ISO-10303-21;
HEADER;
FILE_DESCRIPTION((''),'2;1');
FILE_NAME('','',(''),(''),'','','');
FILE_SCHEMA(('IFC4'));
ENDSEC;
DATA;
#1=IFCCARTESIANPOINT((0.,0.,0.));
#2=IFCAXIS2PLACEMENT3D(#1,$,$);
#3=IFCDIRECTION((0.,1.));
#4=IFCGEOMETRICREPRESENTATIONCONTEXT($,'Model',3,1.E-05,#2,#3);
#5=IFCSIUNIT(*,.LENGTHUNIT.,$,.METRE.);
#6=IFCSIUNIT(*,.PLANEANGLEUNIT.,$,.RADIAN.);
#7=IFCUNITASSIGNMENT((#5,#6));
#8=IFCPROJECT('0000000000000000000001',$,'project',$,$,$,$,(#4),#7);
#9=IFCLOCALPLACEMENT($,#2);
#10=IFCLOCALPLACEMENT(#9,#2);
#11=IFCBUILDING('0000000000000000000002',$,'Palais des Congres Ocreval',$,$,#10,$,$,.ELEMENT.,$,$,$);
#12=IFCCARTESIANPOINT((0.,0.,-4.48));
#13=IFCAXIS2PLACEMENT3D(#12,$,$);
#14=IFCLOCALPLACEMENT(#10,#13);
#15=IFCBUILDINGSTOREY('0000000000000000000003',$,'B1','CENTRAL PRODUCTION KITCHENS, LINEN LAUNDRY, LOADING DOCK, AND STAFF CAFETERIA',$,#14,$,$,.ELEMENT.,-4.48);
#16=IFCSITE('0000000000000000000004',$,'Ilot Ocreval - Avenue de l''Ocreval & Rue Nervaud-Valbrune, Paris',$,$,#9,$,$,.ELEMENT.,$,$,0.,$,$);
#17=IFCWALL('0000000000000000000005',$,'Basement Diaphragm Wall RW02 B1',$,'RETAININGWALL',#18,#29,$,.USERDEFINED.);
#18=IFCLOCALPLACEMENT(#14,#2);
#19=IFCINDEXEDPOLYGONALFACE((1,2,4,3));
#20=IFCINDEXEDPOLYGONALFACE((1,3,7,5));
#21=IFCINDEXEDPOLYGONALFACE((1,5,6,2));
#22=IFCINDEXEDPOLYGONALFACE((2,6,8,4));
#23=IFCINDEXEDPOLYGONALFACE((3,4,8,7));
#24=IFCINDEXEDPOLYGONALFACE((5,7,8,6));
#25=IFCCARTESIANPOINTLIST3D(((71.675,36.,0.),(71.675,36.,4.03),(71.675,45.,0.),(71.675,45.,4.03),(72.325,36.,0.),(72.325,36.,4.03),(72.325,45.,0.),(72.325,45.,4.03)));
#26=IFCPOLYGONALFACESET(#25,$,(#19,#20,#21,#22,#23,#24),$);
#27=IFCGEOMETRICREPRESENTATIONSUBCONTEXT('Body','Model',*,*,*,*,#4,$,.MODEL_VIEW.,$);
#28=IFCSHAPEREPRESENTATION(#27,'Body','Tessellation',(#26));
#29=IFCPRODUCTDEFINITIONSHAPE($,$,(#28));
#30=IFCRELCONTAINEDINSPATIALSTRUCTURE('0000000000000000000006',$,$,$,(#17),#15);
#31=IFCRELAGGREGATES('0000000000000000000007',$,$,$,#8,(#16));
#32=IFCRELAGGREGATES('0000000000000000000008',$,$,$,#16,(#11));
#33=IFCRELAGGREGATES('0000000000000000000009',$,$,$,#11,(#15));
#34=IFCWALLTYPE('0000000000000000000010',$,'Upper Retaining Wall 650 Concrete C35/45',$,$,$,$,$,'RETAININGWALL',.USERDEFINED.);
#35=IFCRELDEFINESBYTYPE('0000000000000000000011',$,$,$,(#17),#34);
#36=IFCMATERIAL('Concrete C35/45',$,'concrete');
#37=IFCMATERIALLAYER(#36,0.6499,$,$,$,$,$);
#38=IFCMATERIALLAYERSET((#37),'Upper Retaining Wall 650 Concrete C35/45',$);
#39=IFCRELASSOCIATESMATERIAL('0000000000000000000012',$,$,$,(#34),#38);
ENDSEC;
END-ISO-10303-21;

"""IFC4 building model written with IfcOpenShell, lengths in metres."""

from ifc_helpers import new_model, si_unit, direction, frame, frame_2d, origin, place, context, subcontext, project, spatial, rectangle, extrude, material, layer, layer_set, type_object, element, save


model = new_model("IFC4")

# Units and contexts
model_context = context("Model", 3, precision=1e-05, world=origin(), true_north=direction((0.0, 1.0)))
body_context = subcontext(model_context, "Body", "Model", "MODEL_VIEW")
ifc_project = project(units=[si_unit("LENGTHUNIT", "METRE"), si_unit("PLANEANGLEUNIT", "RADIAN")], contexts=[model_context])

# Site, building, storey
site_placement = place(None, origin())
site = spatial("IfcSite", under=ifc_project, at=site_placement, Name="Ilot Ocreval - Avenue de l'Ocreval & Rue Nervaud-Valbrune, Paris", CompositionType="ELEMENT", RefElevation=0.0)
building_placement = place(site_placement, origin())
building = spatial("IfcBuilding", under=site, at=building_placement, Name="Palais des Congres Ocreval", CompositionType="ELEMENT")
storey_placement = place(building_placement, frame((0.0, 0.0, -4.48)))
storey = spatial("IfcBuildingStorey", under=building, at=storey_placement, Name="B1", Description="CENTRAL PRODUCTION KITCHENS, LINEN LAUNDRY, LOADING DOCK, AND STAFF CAFETERIA", CompositionType="ELEMENT", Elevation=-4.48)

# Shared definitions
ifc_material_1 = material(Name="Concrete C35/45", Category="concrete")

# Wall
ifc_layer_1 = layer(ifc_material_1, 0.6499)
ifc_layer_set_1 = layer_set([ifc_layer_1], Name="Upper Retaining Wall 650 Concrete C35/45")
wall_type_1 = type_object("IfcWallType", Name="Upper Retaining Wall 650 Concrete C35/45", ElementType="RETAININGWALL", PredefinedType="USERDEFINED", material=ifc_layer_set_1)
for number, where, z_axis, x_axis, name in (
    (1, (72.0, 36.0, 0.0), (0.0, 0.0, 1.0), (0.0, 1.0, 0.0), "Basement Diaphragm Wall RW02 B1"),
):
    element("IfcWall", number, at=place(storey_placement, frame(where, z_axis=z_axis, x_axis=x_axis)), inside=storey, type_object=wall_type_1, Name=name, ObjectType="RETAININGWALL", PredefinedType="USERDEFINED", context=body_context, shape_type="SweptSolid", body=[
        extrude(rectangle(XDim=9.0, YDim=0.6499, at=frame_2d((4.5, 0.0))), origin(), (0.0, 0.0, 1.0), 4.03),
    ])

save(model, "model.ifc")
